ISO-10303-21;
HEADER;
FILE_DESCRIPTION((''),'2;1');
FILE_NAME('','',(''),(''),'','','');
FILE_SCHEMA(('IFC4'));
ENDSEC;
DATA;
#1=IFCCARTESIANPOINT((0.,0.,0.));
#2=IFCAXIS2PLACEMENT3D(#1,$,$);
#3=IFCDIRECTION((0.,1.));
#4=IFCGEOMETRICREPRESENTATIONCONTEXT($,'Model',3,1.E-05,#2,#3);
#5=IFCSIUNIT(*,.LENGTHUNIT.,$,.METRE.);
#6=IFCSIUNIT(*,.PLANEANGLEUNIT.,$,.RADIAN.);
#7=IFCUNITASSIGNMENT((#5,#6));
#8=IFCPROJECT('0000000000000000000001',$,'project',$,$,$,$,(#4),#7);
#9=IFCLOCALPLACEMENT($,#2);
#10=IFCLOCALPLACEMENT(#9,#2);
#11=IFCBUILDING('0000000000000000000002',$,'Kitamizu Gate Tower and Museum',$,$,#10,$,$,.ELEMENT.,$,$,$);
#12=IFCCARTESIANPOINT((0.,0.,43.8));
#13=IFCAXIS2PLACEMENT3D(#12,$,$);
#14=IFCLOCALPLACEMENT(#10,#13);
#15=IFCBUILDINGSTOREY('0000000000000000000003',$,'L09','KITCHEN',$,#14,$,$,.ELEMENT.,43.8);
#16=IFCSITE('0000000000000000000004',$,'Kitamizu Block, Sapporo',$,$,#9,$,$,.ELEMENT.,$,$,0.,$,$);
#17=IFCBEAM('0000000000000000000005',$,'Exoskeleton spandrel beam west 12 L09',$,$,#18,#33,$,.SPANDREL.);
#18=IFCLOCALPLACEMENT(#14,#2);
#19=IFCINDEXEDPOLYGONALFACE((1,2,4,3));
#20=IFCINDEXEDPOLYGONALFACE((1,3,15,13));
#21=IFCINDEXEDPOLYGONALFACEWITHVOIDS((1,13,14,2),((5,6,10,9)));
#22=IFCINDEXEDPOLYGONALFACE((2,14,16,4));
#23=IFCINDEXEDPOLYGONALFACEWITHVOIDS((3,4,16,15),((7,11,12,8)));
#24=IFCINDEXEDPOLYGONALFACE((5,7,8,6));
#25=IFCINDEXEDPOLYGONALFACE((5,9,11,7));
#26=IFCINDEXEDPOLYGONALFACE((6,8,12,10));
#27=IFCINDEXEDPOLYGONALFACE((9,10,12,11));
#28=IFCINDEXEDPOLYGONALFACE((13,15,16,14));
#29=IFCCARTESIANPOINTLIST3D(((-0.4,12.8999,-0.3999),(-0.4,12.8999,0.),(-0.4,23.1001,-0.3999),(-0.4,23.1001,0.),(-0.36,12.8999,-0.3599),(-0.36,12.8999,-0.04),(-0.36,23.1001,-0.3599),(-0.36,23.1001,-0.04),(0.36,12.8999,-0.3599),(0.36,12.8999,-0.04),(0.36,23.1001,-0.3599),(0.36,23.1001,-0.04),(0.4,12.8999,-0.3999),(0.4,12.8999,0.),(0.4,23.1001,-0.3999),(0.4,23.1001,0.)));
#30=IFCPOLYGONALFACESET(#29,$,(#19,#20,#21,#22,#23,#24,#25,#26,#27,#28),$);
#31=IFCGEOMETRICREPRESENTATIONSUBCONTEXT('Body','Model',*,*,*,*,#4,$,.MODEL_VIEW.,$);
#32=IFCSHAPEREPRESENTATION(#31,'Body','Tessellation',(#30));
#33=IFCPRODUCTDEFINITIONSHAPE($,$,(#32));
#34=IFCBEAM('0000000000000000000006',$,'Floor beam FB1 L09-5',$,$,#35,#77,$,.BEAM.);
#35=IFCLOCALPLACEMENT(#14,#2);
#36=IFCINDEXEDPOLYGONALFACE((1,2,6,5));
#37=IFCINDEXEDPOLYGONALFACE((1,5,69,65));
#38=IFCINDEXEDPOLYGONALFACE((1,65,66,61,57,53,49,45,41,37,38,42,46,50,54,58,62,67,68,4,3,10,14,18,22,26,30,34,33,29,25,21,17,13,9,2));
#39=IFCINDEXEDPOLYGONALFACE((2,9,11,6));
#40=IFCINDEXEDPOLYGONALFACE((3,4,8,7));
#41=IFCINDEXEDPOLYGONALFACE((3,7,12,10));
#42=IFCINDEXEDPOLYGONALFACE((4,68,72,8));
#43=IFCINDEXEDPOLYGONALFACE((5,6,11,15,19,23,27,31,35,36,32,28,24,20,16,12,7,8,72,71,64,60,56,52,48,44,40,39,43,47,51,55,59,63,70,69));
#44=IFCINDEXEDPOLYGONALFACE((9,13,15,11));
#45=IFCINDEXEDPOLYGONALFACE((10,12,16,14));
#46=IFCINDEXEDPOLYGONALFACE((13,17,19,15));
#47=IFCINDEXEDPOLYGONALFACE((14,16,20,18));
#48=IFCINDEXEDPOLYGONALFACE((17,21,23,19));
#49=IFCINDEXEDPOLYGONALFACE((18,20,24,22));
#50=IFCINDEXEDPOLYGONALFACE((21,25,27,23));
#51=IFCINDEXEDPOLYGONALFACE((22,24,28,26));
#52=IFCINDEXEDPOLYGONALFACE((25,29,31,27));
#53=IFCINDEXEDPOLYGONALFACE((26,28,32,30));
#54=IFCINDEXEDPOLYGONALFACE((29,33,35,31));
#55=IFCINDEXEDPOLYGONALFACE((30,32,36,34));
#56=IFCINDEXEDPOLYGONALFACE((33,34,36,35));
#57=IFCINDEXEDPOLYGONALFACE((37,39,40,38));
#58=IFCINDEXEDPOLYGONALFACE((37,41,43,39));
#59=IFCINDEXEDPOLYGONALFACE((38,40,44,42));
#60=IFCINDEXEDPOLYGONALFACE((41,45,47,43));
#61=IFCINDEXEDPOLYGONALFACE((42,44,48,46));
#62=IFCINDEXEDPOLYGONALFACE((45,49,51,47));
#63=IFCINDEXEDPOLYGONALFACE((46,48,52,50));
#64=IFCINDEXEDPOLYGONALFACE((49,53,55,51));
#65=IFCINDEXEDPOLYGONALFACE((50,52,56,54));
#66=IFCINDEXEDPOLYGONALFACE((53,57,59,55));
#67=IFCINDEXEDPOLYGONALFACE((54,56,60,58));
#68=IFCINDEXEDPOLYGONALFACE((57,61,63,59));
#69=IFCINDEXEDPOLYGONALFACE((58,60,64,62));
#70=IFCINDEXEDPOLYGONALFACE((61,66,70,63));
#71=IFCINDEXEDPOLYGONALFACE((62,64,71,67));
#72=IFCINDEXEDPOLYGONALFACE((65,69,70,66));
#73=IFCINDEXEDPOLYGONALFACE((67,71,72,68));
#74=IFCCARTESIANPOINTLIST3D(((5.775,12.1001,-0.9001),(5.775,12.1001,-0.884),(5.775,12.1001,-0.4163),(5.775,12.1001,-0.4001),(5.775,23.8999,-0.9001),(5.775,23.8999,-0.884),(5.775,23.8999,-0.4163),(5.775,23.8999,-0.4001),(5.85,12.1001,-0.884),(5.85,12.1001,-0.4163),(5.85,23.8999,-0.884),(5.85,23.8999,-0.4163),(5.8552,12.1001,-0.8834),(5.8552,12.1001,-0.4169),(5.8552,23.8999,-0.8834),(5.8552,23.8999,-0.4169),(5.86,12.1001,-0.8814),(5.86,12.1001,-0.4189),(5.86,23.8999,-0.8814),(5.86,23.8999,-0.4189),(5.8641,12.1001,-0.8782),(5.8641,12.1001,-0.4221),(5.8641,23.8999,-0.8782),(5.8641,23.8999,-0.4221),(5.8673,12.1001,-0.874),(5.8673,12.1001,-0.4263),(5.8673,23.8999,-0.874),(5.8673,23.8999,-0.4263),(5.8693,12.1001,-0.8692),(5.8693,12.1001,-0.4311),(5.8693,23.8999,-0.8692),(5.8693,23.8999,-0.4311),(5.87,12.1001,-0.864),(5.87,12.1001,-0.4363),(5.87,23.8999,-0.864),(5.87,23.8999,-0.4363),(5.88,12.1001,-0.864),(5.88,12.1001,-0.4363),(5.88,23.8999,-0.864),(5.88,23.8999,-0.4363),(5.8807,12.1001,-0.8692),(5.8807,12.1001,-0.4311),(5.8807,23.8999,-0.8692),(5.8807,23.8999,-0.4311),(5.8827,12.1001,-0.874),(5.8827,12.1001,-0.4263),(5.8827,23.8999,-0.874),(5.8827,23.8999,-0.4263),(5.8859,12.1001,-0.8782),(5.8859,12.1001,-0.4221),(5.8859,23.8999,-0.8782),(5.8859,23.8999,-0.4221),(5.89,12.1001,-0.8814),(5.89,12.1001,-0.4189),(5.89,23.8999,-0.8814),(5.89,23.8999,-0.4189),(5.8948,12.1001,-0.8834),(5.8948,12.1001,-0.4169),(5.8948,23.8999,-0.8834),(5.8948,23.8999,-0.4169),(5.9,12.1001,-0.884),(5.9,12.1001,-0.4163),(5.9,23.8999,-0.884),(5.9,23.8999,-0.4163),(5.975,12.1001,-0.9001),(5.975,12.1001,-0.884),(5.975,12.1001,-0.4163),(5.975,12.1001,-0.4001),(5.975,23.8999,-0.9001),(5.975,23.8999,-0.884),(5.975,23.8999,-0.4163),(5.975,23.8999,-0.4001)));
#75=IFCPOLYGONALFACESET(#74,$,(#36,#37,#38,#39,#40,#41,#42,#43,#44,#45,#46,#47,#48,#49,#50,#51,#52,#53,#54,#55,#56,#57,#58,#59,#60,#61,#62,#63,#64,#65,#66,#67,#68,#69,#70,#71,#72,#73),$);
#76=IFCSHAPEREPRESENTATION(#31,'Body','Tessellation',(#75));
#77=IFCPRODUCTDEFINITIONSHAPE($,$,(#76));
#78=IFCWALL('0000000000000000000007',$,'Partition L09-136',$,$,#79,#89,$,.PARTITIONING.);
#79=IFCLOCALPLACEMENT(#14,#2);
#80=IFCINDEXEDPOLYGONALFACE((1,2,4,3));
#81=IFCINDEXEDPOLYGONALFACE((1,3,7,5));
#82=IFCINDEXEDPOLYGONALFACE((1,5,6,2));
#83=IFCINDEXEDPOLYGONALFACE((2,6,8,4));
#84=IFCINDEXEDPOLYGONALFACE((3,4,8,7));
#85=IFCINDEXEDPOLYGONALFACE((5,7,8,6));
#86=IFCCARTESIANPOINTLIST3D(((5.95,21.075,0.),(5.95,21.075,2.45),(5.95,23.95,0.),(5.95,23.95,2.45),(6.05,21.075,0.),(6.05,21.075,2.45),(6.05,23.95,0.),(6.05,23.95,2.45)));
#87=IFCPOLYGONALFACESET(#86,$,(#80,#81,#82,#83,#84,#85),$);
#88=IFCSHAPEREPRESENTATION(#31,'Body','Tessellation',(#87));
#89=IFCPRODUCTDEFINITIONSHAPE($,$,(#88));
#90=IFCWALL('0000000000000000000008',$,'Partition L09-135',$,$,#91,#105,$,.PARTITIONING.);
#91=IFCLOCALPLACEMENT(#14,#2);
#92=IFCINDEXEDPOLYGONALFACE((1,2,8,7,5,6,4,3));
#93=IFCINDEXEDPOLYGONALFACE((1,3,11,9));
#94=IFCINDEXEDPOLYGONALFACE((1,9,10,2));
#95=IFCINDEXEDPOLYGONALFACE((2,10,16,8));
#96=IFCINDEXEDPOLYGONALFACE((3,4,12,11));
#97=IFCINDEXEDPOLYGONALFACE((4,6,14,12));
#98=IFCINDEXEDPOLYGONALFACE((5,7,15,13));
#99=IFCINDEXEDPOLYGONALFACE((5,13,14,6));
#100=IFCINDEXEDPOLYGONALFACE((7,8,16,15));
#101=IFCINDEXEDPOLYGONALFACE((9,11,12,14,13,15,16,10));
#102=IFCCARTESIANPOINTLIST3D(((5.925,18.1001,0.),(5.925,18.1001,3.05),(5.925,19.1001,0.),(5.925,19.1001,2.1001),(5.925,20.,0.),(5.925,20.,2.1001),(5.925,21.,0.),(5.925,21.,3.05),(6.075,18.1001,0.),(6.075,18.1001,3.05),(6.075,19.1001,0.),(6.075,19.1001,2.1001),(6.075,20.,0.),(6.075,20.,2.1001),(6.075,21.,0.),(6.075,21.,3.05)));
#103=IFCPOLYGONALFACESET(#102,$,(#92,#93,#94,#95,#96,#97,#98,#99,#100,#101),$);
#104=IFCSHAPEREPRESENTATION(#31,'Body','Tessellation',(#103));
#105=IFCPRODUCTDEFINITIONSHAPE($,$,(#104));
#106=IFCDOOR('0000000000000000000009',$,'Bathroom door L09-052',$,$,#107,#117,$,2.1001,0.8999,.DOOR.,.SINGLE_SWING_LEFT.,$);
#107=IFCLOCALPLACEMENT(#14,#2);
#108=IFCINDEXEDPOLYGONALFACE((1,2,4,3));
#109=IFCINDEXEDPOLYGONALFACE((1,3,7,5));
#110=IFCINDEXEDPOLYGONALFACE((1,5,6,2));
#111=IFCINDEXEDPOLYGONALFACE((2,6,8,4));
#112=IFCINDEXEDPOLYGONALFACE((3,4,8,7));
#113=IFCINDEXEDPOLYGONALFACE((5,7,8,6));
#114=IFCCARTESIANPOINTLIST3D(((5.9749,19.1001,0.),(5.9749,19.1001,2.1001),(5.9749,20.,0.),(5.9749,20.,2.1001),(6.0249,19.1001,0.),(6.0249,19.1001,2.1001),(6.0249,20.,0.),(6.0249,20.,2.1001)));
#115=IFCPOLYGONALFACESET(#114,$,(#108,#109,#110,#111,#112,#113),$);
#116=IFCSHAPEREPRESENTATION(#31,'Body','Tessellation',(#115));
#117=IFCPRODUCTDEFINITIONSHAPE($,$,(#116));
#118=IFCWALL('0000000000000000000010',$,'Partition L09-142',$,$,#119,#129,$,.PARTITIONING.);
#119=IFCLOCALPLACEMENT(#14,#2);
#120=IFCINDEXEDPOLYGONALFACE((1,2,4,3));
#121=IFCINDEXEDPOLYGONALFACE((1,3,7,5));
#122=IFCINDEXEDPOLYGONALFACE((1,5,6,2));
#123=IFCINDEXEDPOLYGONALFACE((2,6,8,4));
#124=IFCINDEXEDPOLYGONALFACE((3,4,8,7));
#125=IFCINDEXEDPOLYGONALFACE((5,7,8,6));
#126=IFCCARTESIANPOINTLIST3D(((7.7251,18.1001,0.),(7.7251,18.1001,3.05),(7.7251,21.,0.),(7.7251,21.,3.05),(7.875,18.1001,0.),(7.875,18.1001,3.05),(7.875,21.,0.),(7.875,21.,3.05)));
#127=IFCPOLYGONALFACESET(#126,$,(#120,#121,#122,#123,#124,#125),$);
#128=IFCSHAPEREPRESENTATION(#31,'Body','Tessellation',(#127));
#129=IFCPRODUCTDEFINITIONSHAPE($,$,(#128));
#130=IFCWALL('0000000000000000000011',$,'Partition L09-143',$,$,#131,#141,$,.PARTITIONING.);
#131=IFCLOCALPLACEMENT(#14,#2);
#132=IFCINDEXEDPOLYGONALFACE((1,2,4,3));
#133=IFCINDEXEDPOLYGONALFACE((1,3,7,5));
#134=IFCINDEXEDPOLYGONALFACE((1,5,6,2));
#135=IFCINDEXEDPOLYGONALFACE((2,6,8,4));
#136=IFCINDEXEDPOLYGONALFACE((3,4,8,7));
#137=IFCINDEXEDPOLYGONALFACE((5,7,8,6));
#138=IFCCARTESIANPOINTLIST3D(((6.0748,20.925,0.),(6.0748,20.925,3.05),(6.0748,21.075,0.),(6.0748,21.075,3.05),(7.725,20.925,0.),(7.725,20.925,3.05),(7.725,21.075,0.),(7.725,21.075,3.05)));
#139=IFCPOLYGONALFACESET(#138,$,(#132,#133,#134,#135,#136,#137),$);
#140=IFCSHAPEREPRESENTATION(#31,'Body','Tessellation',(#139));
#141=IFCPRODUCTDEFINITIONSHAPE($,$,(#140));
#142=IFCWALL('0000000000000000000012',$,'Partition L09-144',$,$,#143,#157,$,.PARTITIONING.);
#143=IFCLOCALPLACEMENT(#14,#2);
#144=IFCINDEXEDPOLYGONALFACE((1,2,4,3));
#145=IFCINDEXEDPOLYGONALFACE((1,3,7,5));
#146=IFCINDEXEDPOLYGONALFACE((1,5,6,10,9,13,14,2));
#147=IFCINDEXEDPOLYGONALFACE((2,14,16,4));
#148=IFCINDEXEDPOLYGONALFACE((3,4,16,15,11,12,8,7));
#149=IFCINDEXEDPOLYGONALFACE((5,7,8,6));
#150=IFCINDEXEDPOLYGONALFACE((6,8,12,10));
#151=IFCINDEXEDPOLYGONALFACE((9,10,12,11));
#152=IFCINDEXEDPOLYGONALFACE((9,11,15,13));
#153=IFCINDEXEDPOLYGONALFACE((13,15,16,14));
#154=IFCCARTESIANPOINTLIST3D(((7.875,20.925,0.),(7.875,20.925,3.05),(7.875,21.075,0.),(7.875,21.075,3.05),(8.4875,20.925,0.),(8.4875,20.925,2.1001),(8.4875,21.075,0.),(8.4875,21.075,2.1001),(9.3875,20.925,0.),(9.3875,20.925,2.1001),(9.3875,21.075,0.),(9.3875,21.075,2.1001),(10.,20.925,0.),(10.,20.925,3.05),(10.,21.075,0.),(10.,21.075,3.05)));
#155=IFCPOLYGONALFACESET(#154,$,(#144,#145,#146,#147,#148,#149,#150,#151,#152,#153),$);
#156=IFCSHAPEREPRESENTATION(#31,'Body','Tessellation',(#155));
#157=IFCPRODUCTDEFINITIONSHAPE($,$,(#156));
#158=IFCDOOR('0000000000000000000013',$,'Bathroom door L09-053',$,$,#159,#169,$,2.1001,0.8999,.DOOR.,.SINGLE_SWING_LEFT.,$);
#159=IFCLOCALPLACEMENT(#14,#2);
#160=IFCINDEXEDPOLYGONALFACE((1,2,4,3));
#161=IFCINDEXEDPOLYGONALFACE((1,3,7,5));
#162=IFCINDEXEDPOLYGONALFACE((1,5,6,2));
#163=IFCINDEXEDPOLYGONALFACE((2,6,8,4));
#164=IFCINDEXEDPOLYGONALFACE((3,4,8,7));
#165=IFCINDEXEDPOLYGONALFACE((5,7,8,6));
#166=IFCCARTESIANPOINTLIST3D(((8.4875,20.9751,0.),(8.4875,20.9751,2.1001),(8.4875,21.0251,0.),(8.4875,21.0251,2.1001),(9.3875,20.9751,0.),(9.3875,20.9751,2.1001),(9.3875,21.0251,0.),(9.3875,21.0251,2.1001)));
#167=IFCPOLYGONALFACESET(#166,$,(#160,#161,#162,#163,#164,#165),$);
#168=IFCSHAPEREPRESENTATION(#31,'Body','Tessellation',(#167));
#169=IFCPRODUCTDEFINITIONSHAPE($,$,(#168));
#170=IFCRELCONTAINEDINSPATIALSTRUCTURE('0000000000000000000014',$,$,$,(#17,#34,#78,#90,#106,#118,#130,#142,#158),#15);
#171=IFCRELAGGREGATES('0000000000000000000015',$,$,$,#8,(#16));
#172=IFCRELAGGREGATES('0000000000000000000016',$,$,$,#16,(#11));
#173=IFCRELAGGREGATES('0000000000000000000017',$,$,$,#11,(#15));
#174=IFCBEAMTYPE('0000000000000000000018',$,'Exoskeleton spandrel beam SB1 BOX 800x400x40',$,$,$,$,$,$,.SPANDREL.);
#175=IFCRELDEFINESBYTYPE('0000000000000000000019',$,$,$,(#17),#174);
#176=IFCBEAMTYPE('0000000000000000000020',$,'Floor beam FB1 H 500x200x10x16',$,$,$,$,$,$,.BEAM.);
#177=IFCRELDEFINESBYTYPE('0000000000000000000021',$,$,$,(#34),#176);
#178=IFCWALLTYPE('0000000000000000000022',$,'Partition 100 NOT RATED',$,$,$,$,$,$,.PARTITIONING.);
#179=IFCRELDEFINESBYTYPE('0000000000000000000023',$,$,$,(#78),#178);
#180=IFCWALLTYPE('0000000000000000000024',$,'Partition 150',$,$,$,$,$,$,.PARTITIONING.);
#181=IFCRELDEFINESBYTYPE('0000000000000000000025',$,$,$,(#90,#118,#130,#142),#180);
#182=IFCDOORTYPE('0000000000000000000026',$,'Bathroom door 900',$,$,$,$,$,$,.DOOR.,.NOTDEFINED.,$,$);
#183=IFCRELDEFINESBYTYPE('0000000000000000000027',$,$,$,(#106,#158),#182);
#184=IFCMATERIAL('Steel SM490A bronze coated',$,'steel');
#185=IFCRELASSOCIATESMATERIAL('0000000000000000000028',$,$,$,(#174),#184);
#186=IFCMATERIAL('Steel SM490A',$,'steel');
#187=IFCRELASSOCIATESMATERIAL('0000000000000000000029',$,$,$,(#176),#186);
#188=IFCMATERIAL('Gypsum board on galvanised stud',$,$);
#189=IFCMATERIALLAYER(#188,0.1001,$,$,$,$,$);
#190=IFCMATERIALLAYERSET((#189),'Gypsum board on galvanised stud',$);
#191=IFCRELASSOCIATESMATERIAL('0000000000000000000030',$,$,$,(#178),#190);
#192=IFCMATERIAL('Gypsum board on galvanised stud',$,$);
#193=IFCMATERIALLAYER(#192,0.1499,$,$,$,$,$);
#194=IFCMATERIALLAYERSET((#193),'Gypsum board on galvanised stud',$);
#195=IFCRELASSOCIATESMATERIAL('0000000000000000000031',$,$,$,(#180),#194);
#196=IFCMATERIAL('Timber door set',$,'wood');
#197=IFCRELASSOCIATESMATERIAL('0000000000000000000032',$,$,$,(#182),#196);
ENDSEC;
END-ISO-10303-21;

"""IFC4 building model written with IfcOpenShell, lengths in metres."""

from ifc_helpers import new_model, si_unit, direction, frame, frame_2d, origin, origin_2d, place, context, subcontext, project, spatial, rectangle, hollow_rectangle, i_section, extrude, material, layer, layer_set, material_profile, profile_set, type_object, element, fill, save


model = new_model("IFC4")

# Units and contexts
model_context = context("Model", 3, precision=1e-05, world=origin(), true_north=direction((0.0, 1.0)))
body_context = subcontext(model_context, "Body", "Model", "MODEL_VIEW")
ifc_project = project(units=[si_unit("LENGTHUNIT", "METRE"), si_unit("PLANEANGLEUNIT", "RADIAN")], contexts=[model_context])

# Site, building, storey
site_placement = place(None, origin())
site = spatial("IfcSite", under=ifc_project, at=site_placement, Name="Kitamizu Block, Sapporo", CompositionType="ELEMENT", RefElevation=0.0)
building_placement = place(site_placement, origin())
building = spatial("IfcBuilding", under=site, at=building_placement, Name="Kitamizu Gate Tower and Museum", CompositionType="ELEMENT")
storey_placement = place(building_placement, frame((0.0, 0.0, 43.8)))
storey = spatial("IfcBuildingStorey", under=building, at=storey_placement, Name="L09", Description="KITCHEN", CompositionType="ELEMENT", Elevation=43.8)

# Beams
ifc_material_1 = material(Name="Steel SM490A bronze coated", Category="steel")
ifc_material_profile_1 = material_profile(ifc_material_1, hollow_rectangle(XDim=0.8, YDim=0.3999, WallThickness=0.04, at=origin_2d()), Name="BOX 800x400x40")
ifc_profile_set_1 = profile_set([ifc_material_profile_1], Name="Steel SM490A bronze coated")
beam_type_1 = type_object("IfcBeamType", Name="Exoskeleton spandrel beam SB1 BOX 800x400x40", PredefinedType="SPANDREL", material=ifc_profile_set_1)
beam_1_placement = place(storey_placement, frame((0.0, 12.8999, -0.2), z_axis=(0.0, 1.0, 0.0), x_axis=(-1.0, 0.0, 0.0)))
element("IfcBeam", 1, at=beam_1_placement, inside=storey, type_object=beam_type_1, Name="Exoskeleton spandrel beam west 12 L09", PredefinedType="SPANDREL", context=body_context, shape_type="SweptSolid", body=[
    extrude(hollow_rectangle(XDim=0.8, YDim=0.3999, WallThickness=0.04, at=origin_2d()), origin(), (0.0, 0.0, 1.0), 10.2002),
])
ifc_material_2 = material(Name="Steel SM490A", Category="steel")
ifc_material_profile_2 = material_profile(ifc_material_2, i_section(OverallWidth=0.2, OverallDepth=0.5, WebThickness=0.01, FlangeThickness=0.0161, FilletRadius=0.02, at=origin_2d()), Name="H-500x200x10x16")
ifc_profile_set_2 = profile_set([ifc_material_profile_2], Name="Steel SM490A")
beam_type_2 = type_object("IfcBeamType", Name="Floor beam FB1 H 500x200x10x16", PredefinedType="BEAM", material=ifc_profile_set_2)
beam_2_placement = place(storey_placement, frame((5.875, 12.1001, -0.6501), z_axis=(0.0, 1.0, 0.0), x_axis=(-1.0, 0.0, 0.0)))
element("IfcBeam", 2, at=beam_2_placement, inside=storey, type_object=beam_type_2, Name="Floor beam FB1 L09-5", PredefinedType="BEAM", context=body_context, shape_type="SweptSolid", body=[
    extrude(i_section(OverallWidth=0.2, OverallDepth=0.5, WebThickness=0.01, FlangeThickness=0.0161, FilletRadius=0.02, at=origin_2d()), origin(), (0.0, 0.0, 1.0), 11.7998),
])

# Wall
ifc_material_3 = material(Name="Gypsum board on galvanised stud")
ifc_layer_1 = layer(ifc_material_3, 0.1001)
ifc_layer_set_1 = layer_set([ifc_layer_1], Name="Gypsum board on galvanised stud")
wall_type_1 = type_object("IfcWallType", Name="Partition 100 NOT RATED", PredefinedType="PARTITIONING", material=ifc_layer_set_1)
wall_1_placement = place(storey_placement, frame((6.0, 21.075, 0.0), z_axis=(0.0, 0.0, 1.0), x_axis=(0.0, 1.0, 0.0)))
element("IfcWall", 3, at=wall_1_placement, inside=storey, type_object=wall_type_1, Name="Partition L09-136", PredefinedType="PARTITIONING", context=body_context, shape_type="SweptSolid", body=[
    extrude(rectangle(XDim=2.875, YDim=0.1001, at=frame_2d((1.4375, 0.0))), origin(), (0.0, 0.0, 1.0), 2.45),
])

# Wall, opening, door
ifc_material_4 = material(Name="Gypsum board on galvanised stud")
ifc_layer_2 = layer(ifc_material_4, 0.1499)
ifc_layer_set_2 = layer_set([ifc_layer_2], Name="Gypsum board on galvanised stud")
wall_type_2 = type_object("IfcWallType", Name="Partition 150", PredefinedType="PARTITIONING", material=ifc_layer_set_2)
wall_2_placement = place(storey_placement, frame((6.0, 18.1001, 0.0), z_axis=(0.0, 0.0, 1.0), x_axis=(0.0, 1.0, 0.0)))
wall_2 = element("IfcWall", 4, at=wall_2_placement, inside=storey, type_object=wall_type_2, Name="Partition L09-135", PredefinedType="PARTITIONING", context=body_context, shape_type="SweptSolid", body=[
    extrude(rectangle(XDim=2.8999, YDim=0.1499, at=frame_2d((1.45, 0.0))), origin(), (0.0, 0.0, 1.0), 3.05),
])
opening_1_placement = place(wall_2_placement, frame((1.0, 0.0, 0.0)))
opening_1 = element("IfcOpeningElement", 5, at=opening_1_placement, cuts=wall_2, PredefinedType="OPENING", context=body_context, shape_type="SweptSolid", body=[
    extrude(rectangle(XDim=0.8999, YDim=2.1001, at=frame_2d((0.45, 1.05))), frame((0.0, 0.085, 0.0), z_axis=(0.0, -1.0, 0.0), x_axis=(1.0, 0.0, 0.0)), (0.0, 0.0, 1.0), 0.1699),
])
ifc_material_5 = material(Name="Timber door set", Category="wood")
door_type = type_object("IfcDoorType", Name="Bathroom door 900", OperationType="NOTDEFINED", PredefinedType="DOOR", material=ifc_material_5)
door_1_placement = place(opening_1_placement, frame((0.8999, 0.0, 0.0), x_axis=(-1.0, 0.0, 0.0)))
door_1 = element("IfcDoor", 6, at=door_1_placement, inside=storey, type_object=door_type, Name="Bathroom door L09-052", OperationType="SINGLE_SWING_LEFT", OverallHeight=2.1001, OverallWidth=0.8999, PredefinedType="DOOR", context=body_context, shape_type="SweptSolid", body=[
    extrude(rectangle(XDim=0.8999, YDim=2.1001, at=frame_2d((0.45, 1.05))), frame((0.0, 0.0249, 0.0), z_axis=(0.0, -1.0, 0.0), x_axis=(1.0, 0.0, 0.0)), (0.0, 0.0, 1.0), 0.05),
])
fill(opening_1, door_1)

# Walls
wall_3_placement = place(storey_placement, frame((7.8, 18.1001, 0.0), z_axis=(0.0, 0.0, 1.0), x_axis=(0.0, 1.0, 0.0)))
element("IfcWall", 7, at=wall_3_placement, inside=storey, type_object=wall_type_2, Name="Partition L09-142", PredefinedType="PARTITIONING", context=body_context, shape_type="SweptSolid", body=[
    extrude(rectangle(XDim=2.8999, YDim=0.1499, at=frame_2d((1.45, 0.0))), origin(), (0.0, 0.0, 1.0), 3.05),
])
wall_4_placement = place(storey_placement, frame((7.7251, 21.0, 0.0), z_axis=(0.0, 0.0, 1.0), x_axis=(-1.0, 0.0, 0.0)))
element("IfcWall", 8, at=wall_4_placement, inside=storey, type_object=wall_type_2, Name="Partition L09-143", PredefinedType="PARTITIONING", context=body_context, shape_type="SweptSolid", body=[
    extrude(rectangle(XDim=1.6501, YDim=0.1499, at=frame_2d((0.8252, 0.0))), origin(), (0.0, 0.0, 1.0), 3.05),
])

# Wall, opening, door
wall_5_placement = place(storey_placement, frame((10.0, 21.0, 0.0), z_axis=(0.0, 0.0, 1.0), x_axis=(-1.0, 0.0, 0.0)))
wall_5 = element("IfcWall", 9, at=wall_5_placement, inside=storey, type_object=wall_type_2, Name="Partition L09-144", PredefinedType="PARTITIONING", context=body_context, shape_type="SweptSolid", body=[
    extrude(rectangle(XDim=2.125, YDim=0.1499, at=frame_2d((1.0625, 0.0))), origin(), (0.0, 0.0, 1.0), 3.05),
])
opening_2_placement = place(wall_5_placement, frame((0.6125, 0.0, 0.0)))
opening_2 = element("IfcOpeningElement", 10, at=opening_2_placement, cuts=wall_5, PredefinedType="OPENING", context=body_context, shape_type="SweptSolid", body=[
    extrude(rectangle(XDim=0.8999, YDim=2.1001, at=frame_2d((0.45, 1.05))), frame((0.0, 0.085, 0.0), z_axis=(0.0, -1.0, 0.0), x_axis=(1.0, 0.0, 0.0)), (0.0, 0.0, 1.0), 0.1699),
])
door_2_placement = place(opening_2_placement, origin())
door_2 = element("IfcDoor", 11, at=door_2_placement, inside=storey, type_object=door_type, Name="Bathroom door L09-053", OperationType="SINGLE_SWING_LEFT", OverallHeight=2.1001, OverallWidth=0.8999, PredefinedType="DOOR", context=body_context, shape_type="SweptSolid", body=[
    extrude(rectangle(XDim=0.8999, YDim=2.1001, at=frame_2d((0.45, 1.05))), frame((0.0, 0.0249, 0.0), z_axis=(0.0, -1.0, 0.0), x_axis=(1.0, 0.0, 0.0)), (0.0, 0.0, 1.0), 0.05),
])
fill(opening_2, door_2)

save(model, "model.ifc")
